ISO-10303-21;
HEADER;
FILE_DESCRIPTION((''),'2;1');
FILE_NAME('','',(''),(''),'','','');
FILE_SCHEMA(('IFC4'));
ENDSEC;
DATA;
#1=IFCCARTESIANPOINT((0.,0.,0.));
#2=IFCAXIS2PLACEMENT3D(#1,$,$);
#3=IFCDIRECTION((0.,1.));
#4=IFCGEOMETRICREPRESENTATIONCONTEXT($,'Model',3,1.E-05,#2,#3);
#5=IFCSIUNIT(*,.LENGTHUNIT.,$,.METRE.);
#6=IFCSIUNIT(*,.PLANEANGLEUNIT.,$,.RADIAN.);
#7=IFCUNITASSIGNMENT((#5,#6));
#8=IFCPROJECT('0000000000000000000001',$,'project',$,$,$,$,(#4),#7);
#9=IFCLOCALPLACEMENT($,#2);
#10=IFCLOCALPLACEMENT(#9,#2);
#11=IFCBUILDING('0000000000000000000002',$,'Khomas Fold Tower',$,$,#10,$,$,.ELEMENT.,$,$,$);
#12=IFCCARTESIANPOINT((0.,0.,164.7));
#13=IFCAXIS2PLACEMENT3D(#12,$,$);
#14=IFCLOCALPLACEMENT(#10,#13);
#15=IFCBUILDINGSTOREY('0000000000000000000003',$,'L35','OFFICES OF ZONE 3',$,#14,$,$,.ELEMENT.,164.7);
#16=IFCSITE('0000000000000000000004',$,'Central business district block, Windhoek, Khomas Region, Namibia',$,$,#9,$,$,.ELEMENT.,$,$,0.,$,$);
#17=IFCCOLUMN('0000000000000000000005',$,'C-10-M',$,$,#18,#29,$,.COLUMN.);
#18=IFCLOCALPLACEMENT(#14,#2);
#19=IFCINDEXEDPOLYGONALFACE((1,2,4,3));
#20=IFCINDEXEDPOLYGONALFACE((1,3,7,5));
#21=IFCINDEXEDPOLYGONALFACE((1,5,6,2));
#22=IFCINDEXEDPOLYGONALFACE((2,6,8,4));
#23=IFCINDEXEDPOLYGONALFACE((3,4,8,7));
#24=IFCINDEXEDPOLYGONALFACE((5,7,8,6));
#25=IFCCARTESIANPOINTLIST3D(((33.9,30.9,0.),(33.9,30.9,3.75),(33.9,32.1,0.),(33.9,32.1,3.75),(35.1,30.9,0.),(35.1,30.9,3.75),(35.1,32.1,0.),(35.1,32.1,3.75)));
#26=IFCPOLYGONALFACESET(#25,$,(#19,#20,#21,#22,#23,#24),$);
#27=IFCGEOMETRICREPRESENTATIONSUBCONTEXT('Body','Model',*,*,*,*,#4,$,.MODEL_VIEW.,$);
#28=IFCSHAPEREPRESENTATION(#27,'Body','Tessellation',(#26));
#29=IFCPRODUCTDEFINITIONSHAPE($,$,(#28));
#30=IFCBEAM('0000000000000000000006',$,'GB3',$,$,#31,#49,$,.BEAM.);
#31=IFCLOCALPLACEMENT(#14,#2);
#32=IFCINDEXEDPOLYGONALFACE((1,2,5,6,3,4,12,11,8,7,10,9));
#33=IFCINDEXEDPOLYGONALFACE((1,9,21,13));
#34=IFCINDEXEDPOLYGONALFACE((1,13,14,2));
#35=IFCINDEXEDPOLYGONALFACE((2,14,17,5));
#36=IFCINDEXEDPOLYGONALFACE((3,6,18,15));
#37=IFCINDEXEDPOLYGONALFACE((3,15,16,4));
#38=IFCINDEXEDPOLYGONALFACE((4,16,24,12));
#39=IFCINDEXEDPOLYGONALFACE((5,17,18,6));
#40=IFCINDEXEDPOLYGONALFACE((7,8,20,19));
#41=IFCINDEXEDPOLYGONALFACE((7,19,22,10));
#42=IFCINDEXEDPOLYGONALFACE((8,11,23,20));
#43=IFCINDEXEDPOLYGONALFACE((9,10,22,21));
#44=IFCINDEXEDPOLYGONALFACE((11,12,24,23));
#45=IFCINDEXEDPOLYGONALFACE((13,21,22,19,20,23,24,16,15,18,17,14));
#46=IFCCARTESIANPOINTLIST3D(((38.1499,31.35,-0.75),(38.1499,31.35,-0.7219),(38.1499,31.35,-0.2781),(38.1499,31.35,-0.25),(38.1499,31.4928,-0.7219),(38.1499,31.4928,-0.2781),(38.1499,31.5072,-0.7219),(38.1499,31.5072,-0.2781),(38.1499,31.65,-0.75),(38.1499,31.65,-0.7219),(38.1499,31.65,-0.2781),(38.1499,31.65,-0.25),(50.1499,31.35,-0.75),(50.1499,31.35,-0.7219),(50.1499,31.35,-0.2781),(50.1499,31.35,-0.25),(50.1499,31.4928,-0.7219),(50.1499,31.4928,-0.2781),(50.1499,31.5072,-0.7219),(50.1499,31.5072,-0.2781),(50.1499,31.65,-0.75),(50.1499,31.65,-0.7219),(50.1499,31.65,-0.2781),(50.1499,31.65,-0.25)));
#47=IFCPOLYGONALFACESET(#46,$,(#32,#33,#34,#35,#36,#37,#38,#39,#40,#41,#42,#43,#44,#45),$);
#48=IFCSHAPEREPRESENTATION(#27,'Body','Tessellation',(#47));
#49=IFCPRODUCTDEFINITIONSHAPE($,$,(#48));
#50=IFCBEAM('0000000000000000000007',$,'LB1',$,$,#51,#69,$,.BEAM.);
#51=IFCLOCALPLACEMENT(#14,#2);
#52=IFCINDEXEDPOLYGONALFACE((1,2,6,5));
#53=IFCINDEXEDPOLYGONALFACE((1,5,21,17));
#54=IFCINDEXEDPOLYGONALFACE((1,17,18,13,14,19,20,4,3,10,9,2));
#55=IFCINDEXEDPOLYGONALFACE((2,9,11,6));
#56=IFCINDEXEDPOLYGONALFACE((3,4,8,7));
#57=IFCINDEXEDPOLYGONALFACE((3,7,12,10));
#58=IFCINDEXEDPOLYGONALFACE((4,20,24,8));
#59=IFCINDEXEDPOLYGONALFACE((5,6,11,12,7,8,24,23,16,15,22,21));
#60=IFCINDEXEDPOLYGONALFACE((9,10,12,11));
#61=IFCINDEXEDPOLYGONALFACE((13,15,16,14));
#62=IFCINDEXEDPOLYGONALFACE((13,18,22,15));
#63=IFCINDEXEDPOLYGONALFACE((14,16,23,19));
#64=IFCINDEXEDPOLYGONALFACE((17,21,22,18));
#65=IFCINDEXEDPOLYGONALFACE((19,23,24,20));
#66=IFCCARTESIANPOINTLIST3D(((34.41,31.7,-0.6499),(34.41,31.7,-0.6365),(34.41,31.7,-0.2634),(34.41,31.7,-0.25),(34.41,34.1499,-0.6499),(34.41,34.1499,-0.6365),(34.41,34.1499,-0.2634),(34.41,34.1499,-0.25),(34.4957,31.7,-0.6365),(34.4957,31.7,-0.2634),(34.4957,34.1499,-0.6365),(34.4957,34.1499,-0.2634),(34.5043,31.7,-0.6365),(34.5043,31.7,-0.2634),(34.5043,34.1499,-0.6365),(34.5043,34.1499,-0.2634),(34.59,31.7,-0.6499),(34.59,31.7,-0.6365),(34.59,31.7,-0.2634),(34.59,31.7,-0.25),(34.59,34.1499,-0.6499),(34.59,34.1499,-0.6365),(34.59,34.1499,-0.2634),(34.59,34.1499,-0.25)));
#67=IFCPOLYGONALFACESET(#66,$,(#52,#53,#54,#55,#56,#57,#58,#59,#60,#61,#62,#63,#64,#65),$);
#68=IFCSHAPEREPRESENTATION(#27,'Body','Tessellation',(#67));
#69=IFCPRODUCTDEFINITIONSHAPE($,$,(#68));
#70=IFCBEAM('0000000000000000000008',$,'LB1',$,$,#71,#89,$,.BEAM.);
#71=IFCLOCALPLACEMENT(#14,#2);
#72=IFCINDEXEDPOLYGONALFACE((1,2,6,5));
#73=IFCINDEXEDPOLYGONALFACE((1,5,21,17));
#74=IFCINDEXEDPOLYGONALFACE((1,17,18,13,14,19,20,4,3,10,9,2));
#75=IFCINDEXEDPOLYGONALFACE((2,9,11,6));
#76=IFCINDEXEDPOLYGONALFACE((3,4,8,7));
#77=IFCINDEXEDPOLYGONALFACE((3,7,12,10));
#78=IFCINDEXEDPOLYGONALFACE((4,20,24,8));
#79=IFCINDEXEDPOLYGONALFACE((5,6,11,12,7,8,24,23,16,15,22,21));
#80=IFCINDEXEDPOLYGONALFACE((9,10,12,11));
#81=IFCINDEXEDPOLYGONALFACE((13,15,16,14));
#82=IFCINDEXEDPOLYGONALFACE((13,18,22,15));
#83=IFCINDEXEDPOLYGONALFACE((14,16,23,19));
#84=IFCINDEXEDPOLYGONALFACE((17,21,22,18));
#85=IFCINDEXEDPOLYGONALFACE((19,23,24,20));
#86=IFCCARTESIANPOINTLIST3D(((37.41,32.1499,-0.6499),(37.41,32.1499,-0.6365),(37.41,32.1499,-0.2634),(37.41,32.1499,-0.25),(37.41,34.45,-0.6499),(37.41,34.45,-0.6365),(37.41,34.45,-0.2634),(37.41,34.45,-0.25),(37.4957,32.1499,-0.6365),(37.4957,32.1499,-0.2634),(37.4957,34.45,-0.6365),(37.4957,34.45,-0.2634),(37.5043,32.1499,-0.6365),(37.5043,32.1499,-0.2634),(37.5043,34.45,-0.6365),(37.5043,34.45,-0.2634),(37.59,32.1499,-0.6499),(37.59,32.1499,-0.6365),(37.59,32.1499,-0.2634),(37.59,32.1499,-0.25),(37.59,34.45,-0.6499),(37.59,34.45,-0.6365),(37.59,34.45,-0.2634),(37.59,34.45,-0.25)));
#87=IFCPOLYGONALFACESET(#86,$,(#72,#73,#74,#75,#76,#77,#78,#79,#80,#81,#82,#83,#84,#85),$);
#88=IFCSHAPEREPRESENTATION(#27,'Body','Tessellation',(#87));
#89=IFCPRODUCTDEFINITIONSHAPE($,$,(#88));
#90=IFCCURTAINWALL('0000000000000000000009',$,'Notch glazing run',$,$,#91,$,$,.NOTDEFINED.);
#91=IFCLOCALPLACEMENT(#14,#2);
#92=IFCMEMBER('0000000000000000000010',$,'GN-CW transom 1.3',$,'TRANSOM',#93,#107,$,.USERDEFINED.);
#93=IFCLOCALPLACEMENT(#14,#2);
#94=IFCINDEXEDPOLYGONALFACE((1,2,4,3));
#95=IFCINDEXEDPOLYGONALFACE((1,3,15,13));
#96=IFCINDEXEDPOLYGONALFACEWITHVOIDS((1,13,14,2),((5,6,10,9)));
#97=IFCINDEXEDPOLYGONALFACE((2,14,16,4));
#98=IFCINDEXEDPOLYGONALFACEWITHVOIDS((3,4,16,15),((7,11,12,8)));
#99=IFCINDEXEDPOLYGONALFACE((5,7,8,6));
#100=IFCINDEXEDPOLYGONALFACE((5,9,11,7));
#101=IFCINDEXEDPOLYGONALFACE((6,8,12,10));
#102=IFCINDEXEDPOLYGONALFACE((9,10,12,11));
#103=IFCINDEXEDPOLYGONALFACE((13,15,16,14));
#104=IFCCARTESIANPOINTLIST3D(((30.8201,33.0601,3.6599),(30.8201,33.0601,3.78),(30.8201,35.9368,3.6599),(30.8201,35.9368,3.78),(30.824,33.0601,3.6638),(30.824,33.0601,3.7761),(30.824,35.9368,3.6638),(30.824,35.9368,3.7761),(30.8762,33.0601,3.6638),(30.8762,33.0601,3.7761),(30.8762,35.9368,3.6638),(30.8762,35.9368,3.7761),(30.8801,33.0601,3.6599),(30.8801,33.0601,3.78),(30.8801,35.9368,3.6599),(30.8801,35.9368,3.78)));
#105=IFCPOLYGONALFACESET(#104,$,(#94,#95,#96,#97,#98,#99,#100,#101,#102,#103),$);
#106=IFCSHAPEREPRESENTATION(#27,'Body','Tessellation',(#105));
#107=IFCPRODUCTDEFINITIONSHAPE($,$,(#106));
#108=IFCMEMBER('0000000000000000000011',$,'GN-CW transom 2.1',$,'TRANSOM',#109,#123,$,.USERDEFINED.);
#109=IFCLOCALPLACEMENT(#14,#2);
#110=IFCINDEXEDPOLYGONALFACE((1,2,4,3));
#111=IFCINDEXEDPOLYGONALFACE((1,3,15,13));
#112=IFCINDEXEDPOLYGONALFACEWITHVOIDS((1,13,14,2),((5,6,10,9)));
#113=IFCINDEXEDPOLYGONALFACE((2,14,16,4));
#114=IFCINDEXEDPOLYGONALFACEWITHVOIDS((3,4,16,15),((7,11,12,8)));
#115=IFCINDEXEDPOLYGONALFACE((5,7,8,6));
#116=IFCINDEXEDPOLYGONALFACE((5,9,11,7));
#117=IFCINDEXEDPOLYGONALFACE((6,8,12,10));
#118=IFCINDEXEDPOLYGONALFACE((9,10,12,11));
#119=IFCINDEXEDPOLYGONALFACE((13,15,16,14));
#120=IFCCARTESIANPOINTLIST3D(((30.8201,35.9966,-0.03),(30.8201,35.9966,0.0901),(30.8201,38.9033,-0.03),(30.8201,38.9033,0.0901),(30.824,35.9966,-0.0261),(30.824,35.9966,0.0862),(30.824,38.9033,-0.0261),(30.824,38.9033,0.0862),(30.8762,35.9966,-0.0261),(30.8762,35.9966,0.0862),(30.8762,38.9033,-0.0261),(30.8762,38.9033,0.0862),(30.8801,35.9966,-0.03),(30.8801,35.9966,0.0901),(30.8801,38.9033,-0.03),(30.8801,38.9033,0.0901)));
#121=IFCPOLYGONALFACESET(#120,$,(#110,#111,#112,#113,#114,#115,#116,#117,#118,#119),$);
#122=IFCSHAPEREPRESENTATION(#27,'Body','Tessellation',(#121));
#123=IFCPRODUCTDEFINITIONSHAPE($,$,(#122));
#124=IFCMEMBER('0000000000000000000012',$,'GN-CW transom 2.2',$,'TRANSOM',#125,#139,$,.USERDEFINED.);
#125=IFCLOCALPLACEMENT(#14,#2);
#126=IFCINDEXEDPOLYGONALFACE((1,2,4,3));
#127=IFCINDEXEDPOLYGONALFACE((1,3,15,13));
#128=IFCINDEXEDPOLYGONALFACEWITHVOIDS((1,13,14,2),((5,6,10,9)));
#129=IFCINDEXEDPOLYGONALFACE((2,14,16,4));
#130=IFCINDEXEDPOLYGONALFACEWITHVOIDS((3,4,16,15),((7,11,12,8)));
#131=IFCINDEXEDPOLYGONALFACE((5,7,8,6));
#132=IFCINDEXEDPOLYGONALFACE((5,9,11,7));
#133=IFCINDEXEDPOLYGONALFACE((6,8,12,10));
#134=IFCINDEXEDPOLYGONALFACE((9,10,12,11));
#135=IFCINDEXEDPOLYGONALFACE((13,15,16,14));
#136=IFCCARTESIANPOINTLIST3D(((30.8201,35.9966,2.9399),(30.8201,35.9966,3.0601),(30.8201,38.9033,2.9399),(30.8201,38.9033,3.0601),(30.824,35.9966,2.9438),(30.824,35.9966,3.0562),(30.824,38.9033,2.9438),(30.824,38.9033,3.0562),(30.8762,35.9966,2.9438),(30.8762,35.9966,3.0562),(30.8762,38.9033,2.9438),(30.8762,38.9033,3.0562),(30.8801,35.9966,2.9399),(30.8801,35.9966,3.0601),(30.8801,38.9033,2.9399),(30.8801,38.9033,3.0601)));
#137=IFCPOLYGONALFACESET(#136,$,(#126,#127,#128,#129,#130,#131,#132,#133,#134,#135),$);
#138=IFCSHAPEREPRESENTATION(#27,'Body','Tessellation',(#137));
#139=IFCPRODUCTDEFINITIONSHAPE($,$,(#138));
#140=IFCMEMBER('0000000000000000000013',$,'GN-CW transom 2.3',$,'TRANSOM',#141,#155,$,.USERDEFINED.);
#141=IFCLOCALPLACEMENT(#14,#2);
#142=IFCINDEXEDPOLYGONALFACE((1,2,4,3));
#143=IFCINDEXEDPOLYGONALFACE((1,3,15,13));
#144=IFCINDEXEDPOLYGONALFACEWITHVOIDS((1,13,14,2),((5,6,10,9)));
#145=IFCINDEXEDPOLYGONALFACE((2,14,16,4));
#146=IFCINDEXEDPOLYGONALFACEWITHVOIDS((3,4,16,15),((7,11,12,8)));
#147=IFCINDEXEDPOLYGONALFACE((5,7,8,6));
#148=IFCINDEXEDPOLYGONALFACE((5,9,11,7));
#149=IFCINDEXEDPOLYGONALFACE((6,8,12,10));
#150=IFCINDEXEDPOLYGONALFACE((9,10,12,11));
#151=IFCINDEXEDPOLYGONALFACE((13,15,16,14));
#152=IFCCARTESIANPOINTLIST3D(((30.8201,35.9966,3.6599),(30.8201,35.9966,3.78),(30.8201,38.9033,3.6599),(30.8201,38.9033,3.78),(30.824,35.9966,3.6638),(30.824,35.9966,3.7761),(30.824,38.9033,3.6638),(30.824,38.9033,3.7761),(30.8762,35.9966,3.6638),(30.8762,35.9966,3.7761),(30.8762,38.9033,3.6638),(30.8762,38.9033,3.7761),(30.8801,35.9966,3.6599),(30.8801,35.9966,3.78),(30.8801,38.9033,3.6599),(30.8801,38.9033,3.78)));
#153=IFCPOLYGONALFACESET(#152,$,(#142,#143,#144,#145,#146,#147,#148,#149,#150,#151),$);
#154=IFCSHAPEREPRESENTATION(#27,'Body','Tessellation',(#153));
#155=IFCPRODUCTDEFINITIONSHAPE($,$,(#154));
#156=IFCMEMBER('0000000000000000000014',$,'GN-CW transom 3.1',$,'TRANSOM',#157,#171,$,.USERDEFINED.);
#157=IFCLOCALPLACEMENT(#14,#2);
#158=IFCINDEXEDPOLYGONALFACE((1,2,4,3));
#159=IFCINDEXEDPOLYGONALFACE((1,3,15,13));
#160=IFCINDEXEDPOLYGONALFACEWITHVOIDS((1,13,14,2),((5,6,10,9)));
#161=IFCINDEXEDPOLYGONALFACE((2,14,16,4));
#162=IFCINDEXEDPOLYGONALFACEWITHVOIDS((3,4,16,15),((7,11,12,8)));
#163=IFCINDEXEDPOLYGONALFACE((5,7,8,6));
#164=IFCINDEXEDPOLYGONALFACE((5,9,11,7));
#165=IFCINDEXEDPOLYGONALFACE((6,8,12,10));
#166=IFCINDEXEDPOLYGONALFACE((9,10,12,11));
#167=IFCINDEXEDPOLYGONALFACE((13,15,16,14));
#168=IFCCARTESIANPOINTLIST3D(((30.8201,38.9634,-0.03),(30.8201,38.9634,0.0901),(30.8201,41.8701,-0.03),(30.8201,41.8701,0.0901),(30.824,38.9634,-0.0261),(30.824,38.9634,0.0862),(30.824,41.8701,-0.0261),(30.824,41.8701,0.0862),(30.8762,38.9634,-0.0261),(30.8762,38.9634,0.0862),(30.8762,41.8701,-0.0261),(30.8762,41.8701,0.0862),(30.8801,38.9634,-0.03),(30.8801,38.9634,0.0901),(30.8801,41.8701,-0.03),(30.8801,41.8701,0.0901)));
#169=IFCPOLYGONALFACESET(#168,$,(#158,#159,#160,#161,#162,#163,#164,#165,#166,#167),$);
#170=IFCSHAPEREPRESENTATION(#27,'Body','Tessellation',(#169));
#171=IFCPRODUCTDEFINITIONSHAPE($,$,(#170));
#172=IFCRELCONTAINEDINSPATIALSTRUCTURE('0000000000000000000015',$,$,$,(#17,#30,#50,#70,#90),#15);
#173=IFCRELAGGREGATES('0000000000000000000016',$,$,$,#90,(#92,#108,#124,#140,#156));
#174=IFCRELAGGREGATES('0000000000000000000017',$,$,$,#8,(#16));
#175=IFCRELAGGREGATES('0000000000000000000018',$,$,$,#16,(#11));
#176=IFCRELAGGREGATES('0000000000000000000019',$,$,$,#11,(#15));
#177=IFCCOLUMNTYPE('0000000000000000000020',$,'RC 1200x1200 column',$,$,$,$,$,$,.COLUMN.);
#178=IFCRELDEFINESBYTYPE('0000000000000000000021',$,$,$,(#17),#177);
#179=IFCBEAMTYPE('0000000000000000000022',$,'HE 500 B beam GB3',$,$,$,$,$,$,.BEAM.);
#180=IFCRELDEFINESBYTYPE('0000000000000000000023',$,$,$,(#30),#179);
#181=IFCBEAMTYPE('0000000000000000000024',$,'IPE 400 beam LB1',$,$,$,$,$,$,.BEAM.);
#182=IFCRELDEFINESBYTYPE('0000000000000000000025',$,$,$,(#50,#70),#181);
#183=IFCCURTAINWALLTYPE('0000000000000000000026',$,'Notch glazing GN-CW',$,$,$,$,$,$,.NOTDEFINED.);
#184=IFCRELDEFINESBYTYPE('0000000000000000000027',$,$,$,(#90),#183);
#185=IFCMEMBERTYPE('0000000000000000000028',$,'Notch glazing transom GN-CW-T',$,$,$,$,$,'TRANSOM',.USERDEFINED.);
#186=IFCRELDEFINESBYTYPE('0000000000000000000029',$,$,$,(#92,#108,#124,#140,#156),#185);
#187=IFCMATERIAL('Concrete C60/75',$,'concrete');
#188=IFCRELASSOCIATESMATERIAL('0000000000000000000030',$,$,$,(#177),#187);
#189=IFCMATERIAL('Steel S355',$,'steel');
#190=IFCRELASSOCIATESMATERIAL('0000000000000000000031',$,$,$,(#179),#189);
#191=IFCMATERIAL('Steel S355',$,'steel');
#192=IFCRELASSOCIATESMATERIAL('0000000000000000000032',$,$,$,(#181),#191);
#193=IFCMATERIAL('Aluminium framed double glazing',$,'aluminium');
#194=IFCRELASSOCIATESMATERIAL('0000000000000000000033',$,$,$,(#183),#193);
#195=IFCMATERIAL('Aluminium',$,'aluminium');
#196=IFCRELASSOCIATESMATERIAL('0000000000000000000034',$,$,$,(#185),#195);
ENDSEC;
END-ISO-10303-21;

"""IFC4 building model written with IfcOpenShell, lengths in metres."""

from ifc_helpers import new_model, si_unit, direction, frame, origin, origin_2d, place, context, subcontext, project, spatial, rectangle, hollow_rectangle, i_section, extrude, source, transform, mapped, material, material_profile, profile_set, type_object, element, aggregate, save


model = new_model("IFC4")

# Units and contexts
model_context = context("Model", 3, precision=1e-05, world=origin(), true_north=direction((0.0, 1.0)))
body_context = subcontext(model_context, "Body", "Model", "MODEL_VIEW")
ifc_project = project(units=[si_unit("LENGTHUNIT", "METRE"), si_unit("PLANEANGLEUNIT", "RADIAN")], contexts=[model_context])

# Site, building, storey
site_placement = place(None, origin())
site = spatial("IfcSite", under=ifc_project, at=site_placement, Name="Central business district block, Windhoek, Khomas Region, Namibia", CompositionType="ELEMENT", RefElevation=0.0)
building_placement = place(site_placement, origin())
building = spatial("IfcBuilding", under=site, at=building_placement, Name="Khomas Fold Tower", CompositionType="ELEMENT")
storey_placement = place(building_placement, frame((0.0, 0.0, 164.7)))
storey = spatial("IfcBuildingStorey", under=building, at=storey_placement, Name="L35", Description="OFFICES OF ZONE 3", CompositionType="ELEMENT", Elevation=164.7)

# Column
ifc_material_1 = material(Name="Concrete C60/75", Category="concrete")
ifc_material_profile_1 = material_profile(ifc_material_1, rectangle(XDim=1.2, YDim=1.2, at=origin_2d()), Name="RC 1200x1200")
ifc_profile_set_1 = profile_set([ifc_material_profile_1], Name="Concrete C60/75")
column_type = type_object("IfcColumnType", Name="RC 1200x1200 column", PredefinedType="COLUMN", material=ifc_profile_set_1)
shared_shape_1 = source(origin(), body_context, "Body", "SweptSolid", [
    extrude(rectangle(XDim=1.2, YDim=1.2, at=origin_2d()), origin(), (0.0, 0.0, 1.0), 3.75),
])
column_placement = place(storey_placement, frame((34.5, 31.5, 0.0), z_axis=(0.0, 0.0, 1.0), x_axis=(1.0, 0.0, 0.0)))
element("IfcColumn", 1, at=column_placement, inside=storey, type_object=column_type, Name="C-10-M", PredefinedType="COLUMN", context=body_context, shape_type="MappedRepresentation", body=[
    mapped(shared_shape_1, transform((0.0, 0.0, 0.0))),
])

# Beams
ifc_material_2 = material(Name="Steel S355", Category="steel")
ifc_material_profile_2 = material_profile(ifc_material_2, i_section(OverallWidth=0.3, OverallDepth=0.5, WebThickness=0.0144, FlangeThickness=0.0281, at=origin_2d()), Name="HE 500 B")
ifc_profile_set_2 = profile_set([ifc_material_profile_2], Name="Steel S355")
beam_type_1 = type_object("IfcBeamType", Name="HE 500 B beam GB3", PredefinedType="BEAM", material=ifc_profile_set_2)
shared_shape_2 = source(origin(), body_context, "Body", "SweptSolid", [
    extrude(i_section(OverallWidth=0.3, OverallDepth=0.5, WebThickness=0.0144, FlangeThickness=0.0281, at=origin_2d()), origin(), (0.0, 0.0, 1.0), 12.0),
])
beam_1_placement = place(storey_placement, frame((38.1499, 31.5, -0.5), z_axis=(1.0, 0.0, 0.0), x_axis=(0.0, 1.0, 0.0)))
element("IfcBeam", 2, at=beam_1_placement, inside=storey, type_object=beam_type_1, Name="GB3", PredefinedType="BEAM", context=body_context, shape_type="MappedRepresentation", body=[
    mapped(shared_shape_2, transform((0.0, 0.0, 0.0))),
])
ifc_material_3 = material(Name="Steel S355", Category="steel")
ifc_material_profile_3 = material_profile(ifc_material_3, i_section(OverallWidth=0.1799, OverallDepth=0.3999, WebThickness=0.0085, FlangeThickness=0.0134, at=origin_2d()), Name="IPE 400")
ifc_profile_set_3 = profile_set([ifc_material_profile_3], Name="Steel S355")
beam_type_2 = type_object("IfcBeamType", Name="IPE 400 beam LB1", PredefinedType="BEAM", material=ifc_profile_set_3)
shared_shape_3 = source(origin(), body_context, "Body", "SweptSolid", [
    extrude(i_section(OverallWidth=0.1799, OverallDepth=0.3999, WebThickness=0.0085, FlangeThickness=0.0134, at=origin_2d()), origin(), (0.0, 0.0, 1.0), 2.45),
])
beam_2_placement = place(storey_placement, frame((34.5, 31.7, -0.45), z_axis=(0.0, 1.0, 0.0), x_axis=(-1.0, 0.0, 0.0)))
element("IfcBeam", 3, at=beam_2_placement, inside=storey, type_object=beam_type_2, Name="LB1", PredefinedType="BEAM", context=body_context, shape_type="MappedRepresentation", body=[
    mapped(shared_shape_3, transform((0.0, 0.0, 0.0))),
])
shared_shape_4 = source(origin(), body_context, "Body", "SweptSolid", [
    extrude(i_section(OverallWidth=0.1799, OverallDepth=0.3999, WebThickness=0.0085, FlangeThickness=0.0134, at=origin_2d()), origin(), (0.0, 0.0, 1.0), 2.3),
])
beam_3_placement = place(storey_placement, frame((37.5, 32.1499, -0.45), z_axis=(0.0, 1.0, 0.0), x_axis=(-1.0, 0.0, 0.0)))
element("IfcBeam", 4, at=beam_3_placement, inside=storey, type_object=beam_type_2, Name="LB1", PredefinedType="BEAM", context=body_context, shape_type="MappedRepresentation", body=[
    mapped(shared_shape_4, transform((0.0, 0.0, 0.0))),
])

# Curtain wall, members
ifc_material_4 = material(Name="Aluminium framed double glazing", Category="aluminium")
curtain_wall_type = type_object("IfcCurtainWallType", Name="Notch glazing GN-CW", PredefinedType="NOTDEFINED", material=ifc_material_4)
curtain_wall_1_placement = place(storey_placement, origin())
curtain_wall_1 = element("IfcCurtainWall", 5, at=curtain_wall_1_placement, inside=storey, type_object=curtain_wall_type, Name="Notch glazing run", PredefinedType="NOTDEFINED")
ifc_material_5 = material(Name="Aluminium", Category="aluminium")
ifc_material_profile_4 = material_profile(ifc_material_5, hollow_rectangle(XDim=0.0601, YDim=0.1201, WallThickness=0.0039, at=origin_2d()), Name="Notch glazing transom GN-CW-T")
ifc_profile_set_4 = profile_set([ifc_material_profile_4], Name="Aluminium")
member_type_1 = type_object("IfcMemberType", Name="Notch glazing transom GN-CW-T", ElementType="TRANSOM", PredefinedType="USERDEFINED", material=ifc_profile_set_4)
shared_shape_5 = source(origin(), body_context, "Body", "SweptSolid", [
    extrude(hollow_rectangle(XDim=0.0601, YDim=0.1201, WallThickness=0.0039, at=origin_2d()), origin(), (0.0, 0.0, 1.0), 2.8767),
])
member_1_placement = place(storey_placement, frame((30.8501, 33.0601, 3.72), z_axis=(0.0, 1.0, 0.0), x_axis=(-1.0, 0.0, 0.0)))
member_1 = element("IfcMember", 6, at=member_1_placement, type_object=member_type_1, Name="GN-CW transom 1.3", ObjectType="TRANSOM", PredefinedType="USERDEFINED", context=body_context, shape_type="MappedRepresentation", body=[
    mapped(shared_shape_5, transform((0.0, 0.0, 0.0))),
])
shared_shape_6 = source(origin(), body_context, "Body", "SweptSolid", [
    extrude(hollow_rectangle(XDim=0.0601, YDim=0.1201, WallThickness=0.0039, at=origin_2d()), origin(), (0.0, 0.0, 1.0), 2.9067),
])
member_2_placement = place(storey_placement, frame((30.8501, 35.9966, 0.03), z_axis=(0.0, 1.0, 0.0), x_axis=(-1.0, 0.0, 0.0)))
member_2 = element("IfcMember", 7, at=member_2_placement, type_object=member_type_1, Name="GN-CW transom 2.1", ObjectType="TRANSOM", PredefinedType="USERDEFINED", context=body_context, shape_type="MappedRepresentation", body=[
    mapped(shared_shape_6, transform((0.0, 0.0, 0.0))),
])
member_3_placement = place(storey_placement, frame((30.8501, 35.9966, 3.0), z_axis=(0.0, 1.0, 0.0), x_axis=(-1.0, 0.0, 0.0)))
member_3 = element("IfcMember", 8, at=member_3_placement, type_object=member_type_1, Name="GN-CW transom 2.2", ObjectType="TRANSOM", PredefinedType="USERDEFINED", context=body_context, shape_type="MappedRepresentation", body=[
    mapped(shared_shape_6, transform((0.0, 0.0, 0.0))),
])
member_4_placement = place(storey_placement, frame((30.8501, 35.9966, 3.72), z_axis=(0.0, 1.0, 0.0), x_axis=(-1.0, 0.0, 0.0)))
member_4 = element("IfcMember", 9, at=member_4_placement, type_object=member_type_1, Name="GN-CW transom 2.3", ObjectType="TRANSOM", PredefinedType="USERDEFINED", context=body_context, shape_type="MappedRepresentation", body=[
    mapped(shared_shape_6, transform((0.0, 0.0, 0.0))),
])
member_5_placement = place(storey_placement, frame((30.8501, 38.9634, 0.03), z_axis=(0.0, 1.0, 0.0), x_axis=(-1.0, 0.0, 0.0)))
member_5 = element("IfcMember", 10, at=member_5_placement, type_object=member_type_1, Name="GN-CW transom 3.1", ObjectType="TRANSOM", PredefinedType="USERDEFINED", context=body_context, shape_type="MappedRepresentation", body=[
    mapped(shared_shape_6, transform((0.0, 0.0, 0.0))),
])

aggregate(curtain_wall_1, [member_1, member_2, member_3, member_4, member_5])

save(model, "model.ifc")
